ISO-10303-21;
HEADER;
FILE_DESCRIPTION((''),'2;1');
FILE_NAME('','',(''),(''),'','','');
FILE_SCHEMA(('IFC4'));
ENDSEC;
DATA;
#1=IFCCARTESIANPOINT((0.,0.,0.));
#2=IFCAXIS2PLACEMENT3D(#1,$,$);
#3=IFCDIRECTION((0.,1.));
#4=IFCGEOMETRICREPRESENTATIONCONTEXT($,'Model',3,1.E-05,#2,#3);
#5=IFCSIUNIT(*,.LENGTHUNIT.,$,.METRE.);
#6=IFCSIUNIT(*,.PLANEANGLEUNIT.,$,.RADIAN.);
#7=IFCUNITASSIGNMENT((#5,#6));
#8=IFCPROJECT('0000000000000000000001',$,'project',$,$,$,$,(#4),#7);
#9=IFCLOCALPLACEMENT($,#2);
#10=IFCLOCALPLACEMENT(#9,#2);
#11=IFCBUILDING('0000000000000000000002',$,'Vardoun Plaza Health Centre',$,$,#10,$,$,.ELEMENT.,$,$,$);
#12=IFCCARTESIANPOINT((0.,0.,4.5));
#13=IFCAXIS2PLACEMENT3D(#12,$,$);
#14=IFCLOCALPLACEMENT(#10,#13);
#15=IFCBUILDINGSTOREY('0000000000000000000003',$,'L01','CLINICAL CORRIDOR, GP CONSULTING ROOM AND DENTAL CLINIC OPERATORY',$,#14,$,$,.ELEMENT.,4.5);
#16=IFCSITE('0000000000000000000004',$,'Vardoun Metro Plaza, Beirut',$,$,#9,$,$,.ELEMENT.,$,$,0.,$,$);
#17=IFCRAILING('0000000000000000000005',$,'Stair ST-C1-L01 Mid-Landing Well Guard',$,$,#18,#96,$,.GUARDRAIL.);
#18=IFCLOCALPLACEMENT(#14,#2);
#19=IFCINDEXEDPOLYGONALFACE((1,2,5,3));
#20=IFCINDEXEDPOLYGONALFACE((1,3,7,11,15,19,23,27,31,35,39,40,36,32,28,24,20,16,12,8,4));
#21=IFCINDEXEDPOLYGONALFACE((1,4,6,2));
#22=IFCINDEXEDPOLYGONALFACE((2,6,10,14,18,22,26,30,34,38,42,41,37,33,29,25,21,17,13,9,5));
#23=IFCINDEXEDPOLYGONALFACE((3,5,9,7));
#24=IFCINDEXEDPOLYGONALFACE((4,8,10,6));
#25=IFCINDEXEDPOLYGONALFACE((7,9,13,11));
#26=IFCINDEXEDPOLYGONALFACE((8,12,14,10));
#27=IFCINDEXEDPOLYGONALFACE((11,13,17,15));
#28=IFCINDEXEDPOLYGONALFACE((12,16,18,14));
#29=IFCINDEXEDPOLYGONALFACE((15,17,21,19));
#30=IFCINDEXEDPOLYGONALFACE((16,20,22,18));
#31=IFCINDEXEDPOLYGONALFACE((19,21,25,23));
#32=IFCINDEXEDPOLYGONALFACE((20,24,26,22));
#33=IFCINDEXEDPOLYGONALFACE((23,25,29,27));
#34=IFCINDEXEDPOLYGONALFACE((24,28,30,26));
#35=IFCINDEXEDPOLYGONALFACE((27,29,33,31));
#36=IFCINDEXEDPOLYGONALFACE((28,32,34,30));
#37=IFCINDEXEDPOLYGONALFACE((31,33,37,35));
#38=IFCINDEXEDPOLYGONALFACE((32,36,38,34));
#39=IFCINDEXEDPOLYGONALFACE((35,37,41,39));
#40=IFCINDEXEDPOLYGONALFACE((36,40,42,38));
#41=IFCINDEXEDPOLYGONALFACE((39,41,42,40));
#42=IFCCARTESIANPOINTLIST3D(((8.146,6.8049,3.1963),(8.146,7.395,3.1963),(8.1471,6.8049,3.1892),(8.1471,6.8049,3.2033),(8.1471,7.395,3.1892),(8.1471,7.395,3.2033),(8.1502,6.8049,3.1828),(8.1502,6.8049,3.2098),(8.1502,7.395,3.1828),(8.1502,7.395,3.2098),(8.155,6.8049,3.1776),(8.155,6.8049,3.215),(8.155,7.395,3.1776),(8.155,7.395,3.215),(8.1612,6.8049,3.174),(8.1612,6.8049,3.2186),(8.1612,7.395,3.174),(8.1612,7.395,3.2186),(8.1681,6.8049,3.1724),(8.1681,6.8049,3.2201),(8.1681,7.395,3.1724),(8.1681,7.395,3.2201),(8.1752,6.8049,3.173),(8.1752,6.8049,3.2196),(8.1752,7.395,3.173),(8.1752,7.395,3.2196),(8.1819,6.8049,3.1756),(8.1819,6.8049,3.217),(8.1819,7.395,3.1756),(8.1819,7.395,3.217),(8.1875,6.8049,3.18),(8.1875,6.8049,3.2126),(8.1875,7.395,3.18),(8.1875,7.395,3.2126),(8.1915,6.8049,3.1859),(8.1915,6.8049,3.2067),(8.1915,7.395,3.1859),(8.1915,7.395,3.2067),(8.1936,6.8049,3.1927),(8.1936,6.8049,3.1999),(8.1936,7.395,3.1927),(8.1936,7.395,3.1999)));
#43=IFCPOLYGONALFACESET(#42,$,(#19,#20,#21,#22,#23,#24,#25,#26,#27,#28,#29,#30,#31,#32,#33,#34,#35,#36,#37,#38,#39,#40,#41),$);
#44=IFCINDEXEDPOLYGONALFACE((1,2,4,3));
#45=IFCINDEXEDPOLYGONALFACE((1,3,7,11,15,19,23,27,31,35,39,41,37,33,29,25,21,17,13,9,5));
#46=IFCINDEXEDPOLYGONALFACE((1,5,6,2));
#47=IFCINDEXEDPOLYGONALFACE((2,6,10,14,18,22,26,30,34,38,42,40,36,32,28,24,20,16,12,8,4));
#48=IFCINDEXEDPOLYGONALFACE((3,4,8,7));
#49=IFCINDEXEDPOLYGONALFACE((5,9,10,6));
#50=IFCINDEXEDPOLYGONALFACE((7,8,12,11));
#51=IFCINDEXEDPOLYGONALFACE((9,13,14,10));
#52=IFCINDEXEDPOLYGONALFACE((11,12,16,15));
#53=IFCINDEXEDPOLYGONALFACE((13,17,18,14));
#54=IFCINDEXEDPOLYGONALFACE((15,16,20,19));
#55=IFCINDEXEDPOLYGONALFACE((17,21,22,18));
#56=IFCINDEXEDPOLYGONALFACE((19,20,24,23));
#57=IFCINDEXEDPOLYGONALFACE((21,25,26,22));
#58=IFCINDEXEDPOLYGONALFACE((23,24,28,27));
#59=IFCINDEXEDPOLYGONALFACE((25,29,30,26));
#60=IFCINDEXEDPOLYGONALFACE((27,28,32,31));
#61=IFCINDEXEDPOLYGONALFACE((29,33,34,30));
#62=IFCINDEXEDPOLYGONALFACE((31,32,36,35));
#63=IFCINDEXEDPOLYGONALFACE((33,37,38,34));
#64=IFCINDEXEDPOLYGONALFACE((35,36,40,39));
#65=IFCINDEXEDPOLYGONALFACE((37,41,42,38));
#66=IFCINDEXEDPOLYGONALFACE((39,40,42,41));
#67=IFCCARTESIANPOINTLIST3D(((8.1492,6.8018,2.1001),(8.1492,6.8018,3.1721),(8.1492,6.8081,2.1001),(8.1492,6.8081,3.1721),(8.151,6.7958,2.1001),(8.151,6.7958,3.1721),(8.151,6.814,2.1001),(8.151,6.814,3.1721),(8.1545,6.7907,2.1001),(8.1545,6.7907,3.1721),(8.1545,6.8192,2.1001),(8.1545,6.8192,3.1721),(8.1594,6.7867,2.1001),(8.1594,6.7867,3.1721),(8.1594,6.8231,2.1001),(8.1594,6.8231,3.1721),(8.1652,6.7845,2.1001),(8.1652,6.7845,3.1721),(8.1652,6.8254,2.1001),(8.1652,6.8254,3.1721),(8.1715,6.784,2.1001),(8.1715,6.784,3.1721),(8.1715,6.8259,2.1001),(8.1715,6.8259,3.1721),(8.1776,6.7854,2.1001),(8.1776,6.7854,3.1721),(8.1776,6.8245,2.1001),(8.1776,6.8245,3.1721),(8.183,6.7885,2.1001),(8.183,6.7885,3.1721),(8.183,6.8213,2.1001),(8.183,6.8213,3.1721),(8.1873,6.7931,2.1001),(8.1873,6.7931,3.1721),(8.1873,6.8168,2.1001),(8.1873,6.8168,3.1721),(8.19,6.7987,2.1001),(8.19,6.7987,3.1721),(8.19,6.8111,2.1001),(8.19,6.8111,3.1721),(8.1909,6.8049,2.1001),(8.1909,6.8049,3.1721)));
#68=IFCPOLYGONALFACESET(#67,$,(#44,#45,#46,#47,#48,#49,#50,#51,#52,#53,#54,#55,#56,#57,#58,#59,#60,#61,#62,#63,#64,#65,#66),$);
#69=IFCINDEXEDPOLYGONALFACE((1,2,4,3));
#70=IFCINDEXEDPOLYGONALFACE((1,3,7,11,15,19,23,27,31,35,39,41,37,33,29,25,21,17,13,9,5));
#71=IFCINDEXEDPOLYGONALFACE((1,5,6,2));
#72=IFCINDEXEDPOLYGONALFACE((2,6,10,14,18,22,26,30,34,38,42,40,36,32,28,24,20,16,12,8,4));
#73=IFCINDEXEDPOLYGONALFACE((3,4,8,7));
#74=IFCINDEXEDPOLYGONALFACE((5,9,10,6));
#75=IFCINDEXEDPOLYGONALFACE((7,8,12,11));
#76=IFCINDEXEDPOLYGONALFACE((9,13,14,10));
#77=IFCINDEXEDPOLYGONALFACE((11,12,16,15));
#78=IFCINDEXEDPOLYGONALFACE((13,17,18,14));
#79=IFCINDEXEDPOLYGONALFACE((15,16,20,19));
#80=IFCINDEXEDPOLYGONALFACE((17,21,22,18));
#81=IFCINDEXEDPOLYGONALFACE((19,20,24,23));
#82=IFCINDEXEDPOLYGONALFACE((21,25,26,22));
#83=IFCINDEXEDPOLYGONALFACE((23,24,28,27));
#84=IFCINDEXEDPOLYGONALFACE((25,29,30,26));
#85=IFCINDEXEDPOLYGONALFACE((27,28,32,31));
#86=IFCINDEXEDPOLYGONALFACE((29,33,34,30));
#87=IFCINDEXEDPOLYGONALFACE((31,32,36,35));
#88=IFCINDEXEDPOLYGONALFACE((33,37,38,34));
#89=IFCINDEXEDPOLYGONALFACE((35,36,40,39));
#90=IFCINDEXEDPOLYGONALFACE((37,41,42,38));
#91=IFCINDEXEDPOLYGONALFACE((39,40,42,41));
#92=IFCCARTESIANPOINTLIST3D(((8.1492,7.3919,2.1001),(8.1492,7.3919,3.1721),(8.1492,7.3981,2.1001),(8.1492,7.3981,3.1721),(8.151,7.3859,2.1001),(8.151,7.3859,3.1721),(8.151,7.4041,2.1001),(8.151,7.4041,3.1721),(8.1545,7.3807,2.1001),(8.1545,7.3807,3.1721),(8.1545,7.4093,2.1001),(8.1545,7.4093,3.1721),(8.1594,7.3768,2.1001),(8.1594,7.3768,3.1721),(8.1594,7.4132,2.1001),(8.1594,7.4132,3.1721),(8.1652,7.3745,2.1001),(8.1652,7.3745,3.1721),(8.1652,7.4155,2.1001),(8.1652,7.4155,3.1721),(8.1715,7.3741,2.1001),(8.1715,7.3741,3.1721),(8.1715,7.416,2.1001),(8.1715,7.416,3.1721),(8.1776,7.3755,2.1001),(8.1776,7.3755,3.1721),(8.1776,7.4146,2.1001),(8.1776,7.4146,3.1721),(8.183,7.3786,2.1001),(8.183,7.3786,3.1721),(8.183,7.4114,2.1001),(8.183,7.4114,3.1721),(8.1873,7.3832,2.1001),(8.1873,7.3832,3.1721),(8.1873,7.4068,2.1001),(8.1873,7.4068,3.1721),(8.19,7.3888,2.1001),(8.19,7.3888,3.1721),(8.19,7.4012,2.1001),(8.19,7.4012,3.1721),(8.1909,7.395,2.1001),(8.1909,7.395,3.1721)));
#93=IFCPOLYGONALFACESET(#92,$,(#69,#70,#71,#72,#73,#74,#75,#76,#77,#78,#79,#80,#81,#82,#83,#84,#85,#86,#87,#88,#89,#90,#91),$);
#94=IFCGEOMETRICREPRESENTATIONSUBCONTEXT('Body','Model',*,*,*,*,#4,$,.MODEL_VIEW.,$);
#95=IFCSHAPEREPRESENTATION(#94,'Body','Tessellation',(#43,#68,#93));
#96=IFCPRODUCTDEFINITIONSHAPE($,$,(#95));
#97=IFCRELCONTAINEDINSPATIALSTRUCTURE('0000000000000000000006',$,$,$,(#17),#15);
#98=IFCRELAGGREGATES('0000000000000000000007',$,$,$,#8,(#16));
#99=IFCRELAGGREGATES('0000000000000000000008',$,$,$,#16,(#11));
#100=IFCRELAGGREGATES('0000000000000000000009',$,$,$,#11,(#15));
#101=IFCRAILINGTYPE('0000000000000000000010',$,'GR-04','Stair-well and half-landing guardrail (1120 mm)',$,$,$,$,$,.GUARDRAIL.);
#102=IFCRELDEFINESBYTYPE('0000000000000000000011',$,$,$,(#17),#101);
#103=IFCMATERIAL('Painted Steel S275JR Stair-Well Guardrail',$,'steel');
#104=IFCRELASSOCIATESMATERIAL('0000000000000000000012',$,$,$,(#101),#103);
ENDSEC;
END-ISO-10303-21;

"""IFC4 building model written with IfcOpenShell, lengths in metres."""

from ifc_helpers import new_model, si_unit, direction, frame, origin, origin_2d, place, context, subcontext, project, spatial, circle, extrude, material, type_object, element, save


model = new_model("IFC4")

# Units and contexts
model_context = context("Model", 3, precision=1e-05, world=origin(), true_north=direction((0.0, 1.0)))
body_context = subcontext(model_context, "Body", "Model", "MODEL_VIEW")
ifc_project = project(units=[si_unit("LENGTHUNIT", "METRE"), si_unit("PLANEANGLEUNIT", "RADIAN")], contexts=[model_context])

# Site, building, storey
site_placement = place(None, origin())
site = spatial("IfcSite", under=ifc_project, at=site_placement, Name="Vardoun Metro Plaza, Beirut", CompositionType="ELEMENT", RefElevation=0.0)
building_placement = place(site_placement, origin())
building = spatial("IfcBuilding", under=site, at=building_placement, Name="Vardoun Plaza Health Centre", CompositionType="ELEMENT")
storey_placement = place(building_placement, frame((0.0, 0.0, 4.5)))
storey = spatial("IfcBuildingStorey", under=building, at=storey_placement, Name="L01", Description="CLINICAL CORRIDOR, GP CONSULTING ROOM AND DENTAL CLINIC OPERATORY", CompositionType="ELEMENT", Elevation=4.5)

# Railing
ifc_material_1 = material(Name="Painted Steel S275JR Stair-Well Guardrail", Category="steel")
railing_type_1 = type_object("IfcRailingType", Name="GR-04", Description="Stair-well and half-landing guardrail (1120 mm)", PredefinedType="GUARDRAIL", material=ifc_material_1)
railing_1_placement = place(storey_placement, frame((8.1699, 6.8049, 2.1001)))
element("IfcRailing", 1, at=railing_1_placement, inside=storey, type_object=railing_type_1, Name="Stair ST-C1-L01 Mid-Landing Well Guard", PredefinedType="GUARDRAIL", context=body_context, shape_type="SweptSolid", body=[
    extrude(circle(Radius=0.0239, at=origin_2d()), frame((0.0, 0.0, 1.0962), z_axis=(0.0, 1.0, 0.0), x_axis=(-1.0, 0.0, 0.0)), (0.0, 0.0, 1.0), 0.5901),
    extrude(circle(Radius=0.021, at=origin_2d()), origin(), (0.0, 0.0, 1.0), 1.072),
    extrude(circle(Radius=0.021, at=origin_2d()), frame((0.0, 0.5901, 0.0)), (0.0, 0.0, 1.0), 1.072),
])

save(model, "model.ifc")
